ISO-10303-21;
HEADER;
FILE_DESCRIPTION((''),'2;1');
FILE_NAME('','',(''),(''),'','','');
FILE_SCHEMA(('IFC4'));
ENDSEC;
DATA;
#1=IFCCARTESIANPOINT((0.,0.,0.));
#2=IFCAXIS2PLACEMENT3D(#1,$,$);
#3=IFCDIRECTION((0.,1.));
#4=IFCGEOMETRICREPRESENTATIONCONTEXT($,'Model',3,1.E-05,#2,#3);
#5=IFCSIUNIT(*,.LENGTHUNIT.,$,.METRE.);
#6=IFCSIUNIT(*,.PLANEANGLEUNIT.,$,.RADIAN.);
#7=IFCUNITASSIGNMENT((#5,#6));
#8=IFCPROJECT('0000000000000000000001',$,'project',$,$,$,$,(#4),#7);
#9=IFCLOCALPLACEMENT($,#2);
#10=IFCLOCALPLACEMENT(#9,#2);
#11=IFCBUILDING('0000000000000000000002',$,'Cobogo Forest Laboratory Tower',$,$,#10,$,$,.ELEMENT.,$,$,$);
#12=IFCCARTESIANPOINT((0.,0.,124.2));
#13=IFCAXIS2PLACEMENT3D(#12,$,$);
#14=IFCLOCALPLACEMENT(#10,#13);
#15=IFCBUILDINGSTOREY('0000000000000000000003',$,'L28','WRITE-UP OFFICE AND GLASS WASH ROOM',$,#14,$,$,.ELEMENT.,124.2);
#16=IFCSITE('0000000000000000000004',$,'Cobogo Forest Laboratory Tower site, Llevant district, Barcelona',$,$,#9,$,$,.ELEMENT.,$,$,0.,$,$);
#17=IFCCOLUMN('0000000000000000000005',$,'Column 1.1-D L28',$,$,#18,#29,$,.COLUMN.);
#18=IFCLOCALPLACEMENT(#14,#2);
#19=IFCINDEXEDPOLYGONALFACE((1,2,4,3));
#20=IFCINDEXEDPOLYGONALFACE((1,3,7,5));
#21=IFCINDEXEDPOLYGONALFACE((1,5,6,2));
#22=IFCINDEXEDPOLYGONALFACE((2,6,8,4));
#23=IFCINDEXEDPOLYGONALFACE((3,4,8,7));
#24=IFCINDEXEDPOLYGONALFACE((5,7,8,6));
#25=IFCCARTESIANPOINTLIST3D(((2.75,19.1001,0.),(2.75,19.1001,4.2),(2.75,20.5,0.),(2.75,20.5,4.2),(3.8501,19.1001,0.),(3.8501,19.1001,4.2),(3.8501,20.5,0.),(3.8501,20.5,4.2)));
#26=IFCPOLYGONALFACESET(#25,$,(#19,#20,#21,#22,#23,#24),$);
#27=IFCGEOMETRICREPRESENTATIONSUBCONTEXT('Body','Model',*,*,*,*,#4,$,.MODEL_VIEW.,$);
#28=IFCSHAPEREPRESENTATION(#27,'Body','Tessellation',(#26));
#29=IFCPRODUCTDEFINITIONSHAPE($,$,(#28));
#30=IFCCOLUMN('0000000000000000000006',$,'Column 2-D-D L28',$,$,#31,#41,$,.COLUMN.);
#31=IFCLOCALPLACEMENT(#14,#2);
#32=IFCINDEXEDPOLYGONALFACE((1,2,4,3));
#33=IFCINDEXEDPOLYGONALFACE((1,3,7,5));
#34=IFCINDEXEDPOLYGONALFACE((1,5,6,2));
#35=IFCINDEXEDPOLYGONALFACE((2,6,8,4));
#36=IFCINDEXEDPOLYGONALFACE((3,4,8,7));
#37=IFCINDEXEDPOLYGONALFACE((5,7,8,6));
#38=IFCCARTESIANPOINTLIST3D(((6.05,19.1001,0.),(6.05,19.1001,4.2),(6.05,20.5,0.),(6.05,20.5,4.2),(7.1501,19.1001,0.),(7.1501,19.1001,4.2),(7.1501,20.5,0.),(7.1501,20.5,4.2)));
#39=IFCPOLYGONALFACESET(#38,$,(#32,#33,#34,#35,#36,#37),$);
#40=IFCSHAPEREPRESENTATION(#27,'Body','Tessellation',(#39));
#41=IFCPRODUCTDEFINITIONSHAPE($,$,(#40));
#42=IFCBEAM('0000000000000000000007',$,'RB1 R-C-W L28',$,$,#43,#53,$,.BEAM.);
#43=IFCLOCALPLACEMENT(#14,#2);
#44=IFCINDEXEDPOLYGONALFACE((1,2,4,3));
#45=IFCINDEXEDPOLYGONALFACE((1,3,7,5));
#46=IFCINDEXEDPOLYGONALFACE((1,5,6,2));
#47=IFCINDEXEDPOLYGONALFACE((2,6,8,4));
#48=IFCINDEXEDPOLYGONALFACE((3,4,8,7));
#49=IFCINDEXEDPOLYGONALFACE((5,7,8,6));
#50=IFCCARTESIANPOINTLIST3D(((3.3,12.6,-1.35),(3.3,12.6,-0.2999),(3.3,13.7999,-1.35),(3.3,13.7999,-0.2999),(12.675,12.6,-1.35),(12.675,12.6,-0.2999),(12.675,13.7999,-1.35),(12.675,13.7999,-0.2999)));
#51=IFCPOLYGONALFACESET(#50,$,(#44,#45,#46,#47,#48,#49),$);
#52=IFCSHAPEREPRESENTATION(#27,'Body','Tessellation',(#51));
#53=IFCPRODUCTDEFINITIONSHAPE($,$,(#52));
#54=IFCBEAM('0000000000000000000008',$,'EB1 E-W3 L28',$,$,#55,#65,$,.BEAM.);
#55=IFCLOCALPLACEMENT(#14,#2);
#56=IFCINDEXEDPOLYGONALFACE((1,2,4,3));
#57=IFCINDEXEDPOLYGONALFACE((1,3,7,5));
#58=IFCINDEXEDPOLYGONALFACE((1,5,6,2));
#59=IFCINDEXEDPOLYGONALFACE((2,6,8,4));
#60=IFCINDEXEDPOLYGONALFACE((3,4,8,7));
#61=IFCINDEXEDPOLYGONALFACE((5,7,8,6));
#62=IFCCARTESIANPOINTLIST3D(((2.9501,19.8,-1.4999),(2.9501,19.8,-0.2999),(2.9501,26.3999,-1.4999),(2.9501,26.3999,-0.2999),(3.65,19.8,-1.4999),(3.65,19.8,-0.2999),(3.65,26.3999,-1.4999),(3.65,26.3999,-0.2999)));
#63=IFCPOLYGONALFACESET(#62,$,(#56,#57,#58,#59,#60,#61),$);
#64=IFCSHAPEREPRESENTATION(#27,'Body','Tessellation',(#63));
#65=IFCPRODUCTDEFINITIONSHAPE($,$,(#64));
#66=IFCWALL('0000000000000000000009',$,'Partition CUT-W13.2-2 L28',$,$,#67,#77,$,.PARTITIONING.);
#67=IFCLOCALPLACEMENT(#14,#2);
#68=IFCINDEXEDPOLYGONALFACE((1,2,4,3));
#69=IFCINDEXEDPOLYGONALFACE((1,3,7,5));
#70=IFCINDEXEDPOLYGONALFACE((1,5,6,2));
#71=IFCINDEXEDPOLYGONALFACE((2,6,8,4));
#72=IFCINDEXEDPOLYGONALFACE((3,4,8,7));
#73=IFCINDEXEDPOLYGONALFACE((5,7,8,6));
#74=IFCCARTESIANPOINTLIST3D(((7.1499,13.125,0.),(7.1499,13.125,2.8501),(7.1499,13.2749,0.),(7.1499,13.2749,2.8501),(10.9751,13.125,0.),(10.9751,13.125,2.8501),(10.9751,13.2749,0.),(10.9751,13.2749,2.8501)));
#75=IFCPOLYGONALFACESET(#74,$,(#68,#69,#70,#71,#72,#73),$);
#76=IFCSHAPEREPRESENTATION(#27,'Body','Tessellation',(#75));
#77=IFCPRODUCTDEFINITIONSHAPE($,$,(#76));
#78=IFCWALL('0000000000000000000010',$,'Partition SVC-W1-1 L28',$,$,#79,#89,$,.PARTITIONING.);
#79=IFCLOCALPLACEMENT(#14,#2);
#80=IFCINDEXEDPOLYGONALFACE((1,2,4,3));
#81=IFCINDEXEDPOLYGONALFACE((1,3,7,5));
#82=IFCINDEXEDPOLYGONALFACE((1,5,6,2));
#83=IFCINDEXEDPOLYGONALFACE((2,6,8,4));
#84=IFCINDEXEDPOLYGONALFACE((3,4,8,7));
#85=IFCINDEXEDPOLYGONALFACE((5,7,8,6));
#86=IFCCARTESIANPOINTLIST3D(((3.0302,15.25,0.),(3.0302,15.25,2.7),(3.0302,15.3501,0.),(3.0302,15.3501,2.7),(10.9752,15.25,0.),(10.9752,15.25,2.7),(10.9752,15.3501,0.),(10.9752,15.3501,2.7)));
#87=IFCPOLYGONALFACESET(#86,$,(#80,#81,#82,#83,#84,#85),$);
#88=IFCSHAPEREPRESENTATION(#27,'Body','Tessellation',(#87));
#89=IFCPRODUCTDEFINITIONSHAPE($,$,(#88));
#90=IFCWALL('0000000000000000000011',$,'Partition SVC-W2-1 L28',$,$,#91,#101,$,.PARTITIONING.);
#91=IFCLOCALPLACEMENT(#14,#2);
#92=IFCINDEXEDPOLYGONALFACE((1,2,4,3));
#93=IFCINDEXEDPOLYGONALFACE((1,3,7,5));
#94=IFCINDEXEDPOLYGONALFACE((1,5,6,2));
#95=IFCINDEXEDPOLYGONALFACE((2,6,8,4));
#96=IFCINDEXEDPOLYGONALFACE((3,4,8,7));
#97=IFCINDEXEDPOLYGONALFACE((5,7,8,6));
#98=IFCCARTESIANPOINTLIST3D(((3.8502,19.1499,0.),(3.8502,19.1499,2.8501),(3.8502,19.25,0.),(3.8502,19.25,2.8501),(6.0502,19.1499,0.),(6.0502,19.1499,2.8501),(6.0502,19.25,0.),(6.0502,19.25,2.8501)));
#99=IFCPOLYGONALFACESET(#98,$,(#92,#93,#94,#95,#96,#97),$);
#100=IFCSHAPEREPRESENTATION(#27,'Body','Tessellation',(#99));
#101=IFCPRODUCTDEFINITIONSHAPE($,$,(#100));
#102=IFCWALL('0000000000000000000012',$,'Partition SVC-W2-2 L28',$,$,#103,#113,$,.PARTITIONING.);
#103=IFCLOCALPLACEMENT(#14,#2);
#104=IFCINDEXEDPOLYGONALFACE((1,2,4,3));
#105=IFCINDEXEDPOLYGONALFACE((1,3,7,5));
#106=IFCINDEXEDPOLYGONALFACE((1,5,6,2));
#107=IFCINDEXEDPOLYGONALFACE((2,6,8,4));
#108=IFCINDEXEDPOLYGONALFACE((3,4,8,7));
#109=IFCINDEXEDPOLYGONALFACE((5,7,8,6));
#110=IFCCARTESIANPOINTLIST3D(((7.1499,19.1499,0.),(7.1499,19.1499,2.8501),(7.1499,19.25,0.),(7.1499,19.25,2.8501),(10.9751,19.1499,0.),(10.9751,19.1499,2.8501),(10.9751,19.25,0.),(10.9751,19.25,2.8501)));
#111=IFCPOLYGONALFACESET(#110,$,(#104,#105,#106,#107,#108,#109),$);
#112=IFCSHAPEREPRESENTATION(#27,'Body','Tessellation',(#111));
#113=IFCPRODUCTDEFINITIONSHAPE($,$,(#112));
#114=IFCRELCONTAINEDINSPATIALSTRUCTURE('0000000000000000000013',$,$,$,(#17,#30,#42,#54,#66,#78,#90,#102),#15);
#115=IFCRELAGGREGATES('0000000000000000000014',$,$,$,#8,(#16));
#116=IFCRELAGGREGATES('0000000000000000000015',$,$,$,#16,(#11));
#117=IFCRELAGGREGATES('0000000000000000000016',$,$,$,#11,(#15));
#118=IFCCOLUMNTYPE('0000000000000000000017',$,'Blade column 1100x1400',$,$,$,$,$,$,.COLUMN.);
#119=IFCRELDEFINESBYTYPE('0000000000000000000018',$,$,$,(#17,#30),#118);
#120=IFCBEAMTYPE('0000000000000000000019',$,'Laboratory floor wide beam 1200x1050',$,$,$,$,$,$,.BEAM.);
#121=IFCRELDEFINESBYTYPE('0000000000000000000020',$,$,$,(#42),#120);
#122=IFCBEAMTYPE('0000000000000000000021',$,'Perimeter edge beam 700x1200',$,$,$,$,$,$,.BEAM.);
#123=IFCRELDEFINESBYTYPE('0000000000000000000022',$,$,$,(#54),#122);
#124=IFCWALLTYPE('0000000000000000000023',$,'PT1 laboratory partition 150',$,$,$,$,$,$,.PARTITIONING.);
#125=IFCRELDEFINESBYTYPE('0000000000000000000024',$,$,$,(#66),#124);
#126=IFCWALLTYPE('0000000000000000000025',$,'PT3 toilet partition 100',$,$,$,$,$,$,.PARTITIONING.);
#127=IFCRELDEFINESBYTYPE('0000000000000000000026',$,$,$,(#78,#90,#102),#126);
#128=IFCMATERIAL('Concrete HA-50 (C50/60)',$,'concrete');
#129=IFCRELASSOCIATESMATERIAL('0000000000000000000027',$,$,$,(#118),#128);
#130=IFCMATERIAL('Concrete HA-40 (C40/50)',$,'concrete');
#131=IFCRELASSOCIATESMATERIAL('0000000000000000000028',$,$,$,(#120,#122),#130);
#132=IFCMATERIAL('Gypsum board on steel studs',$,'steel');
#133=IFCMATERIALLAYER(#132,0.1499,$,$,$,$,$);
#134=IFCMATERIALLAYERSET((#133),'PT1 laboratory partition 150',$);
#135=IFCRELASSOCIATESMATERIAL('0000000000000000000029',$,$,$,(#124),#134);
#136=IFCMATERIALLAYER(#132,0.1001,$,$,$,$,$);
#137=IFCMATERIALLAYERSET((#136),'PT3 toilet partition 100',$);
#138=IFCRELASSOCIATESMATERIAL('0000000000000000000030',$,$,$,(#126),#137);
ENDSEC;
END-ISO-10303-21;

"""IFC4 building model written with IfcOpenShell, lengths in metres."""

from ifc_helpers import new_model, si_unit, direction, frame, frame_2d, origin, origin_2d, place, context, subcontext, project, spatial, rectangle, extrude, material, layer, layer_set, material_profile, profile_set, type_object, element, save


model = new_model("IFC4")

# Units and contexts
model_context = context("Model", 3, precision=1e-05, world=origin(), true_north=direction((0.0, 1.0)))
body_context = subcontext(model_context, "Body", "Model", "MODEL_VIEW")
ifc_project = project(units=[si_unit("LENGTHUNIT", "METRE"), si_unit("PLANEANGLEUNIT", "RADIAN")], contexts=[model_context])

# Site, building, storey
site_placement = place(None, origin())
site = spatial("IfcSite", under=ifc_project, at=site_placement, Name="Cobogo Forest Laboratory Tower site, Llevant district, Barcelona", CompositionType="ELEMENT", RefElevation=0.0)
building_placement = place(site_placement, origin())
building = spatial("IfcBuilding", under=site, at=building_placement, Name="Cobogo Forest Laboratory Tower", CompositionType="ELEMENT")
storey_placement = place(building_placement, frame((0.0, 0.0, 124.2)))
storey = spatial("IfcBuildingStorey", under=building, at=storey_placement, Name="L28", Description="WRITE-UP OFFICE AND GLASS WASH ROOM", CompositionType="ELEMENT", Elevation=124.2)

# Columns
ifc_material_1 = material(Name="Concrete HA-50 (C50/60)", Category="concrete")
ifc_material_profile_1 = material_profile(ifc_material_1, rectangle(XDim=1.3999, YDim=1.1001, at=origin_2d()), Name="RC 1100x1400")
ifc_profile_set_1 = profile_set([ifc_material_profile_1], Name="Concrete HA-50 (C50/60)")
column_type = type_object("IfcColumnType", Name="Blade column 1100x1400", PredefinedType="COLUMN", material=ifc_profile_set_1)
for number, where, z_axis, x_axis, name in (
    (1, (3.3, 19.8, 0.0), (0.0, 0.0, 1.0), (0.0, 1.0, 0.0), "Column 1.1-D L28"),
    (2, (6.6001, 19.8, 0.0), (0.0, 0.0, 1.0), (0.0, 1.0, 0.0), "Column 2-D-D L28"),
):
    element("IfcColumn", number, at=place(storey_placement, frame(where, z_axis=z_axis, x_axis=x_axis)), inside=storey, type_object=column_type, Name=name, PredefinedType="COLUMN", context=body_context, shape_type="SweptSolid", body=[
        extrude(rectangle(XDim=1.3999, YDim=1.1001, at=origin_2d()), origin(), (0.0, 0.0, 1.0), 4.2),
    ])

# Beams
ifc_material_2 = material(Name="Concrete HA-40 (C40/50)", Category="concrete")
ifc_material_profile_2 = material_profile(ifc_material_2, rectangle(XDim=1.2, YDim=1.05, at=origin_2d()), Name="RC 1200x1050")
ifc_profile_set_2 = profile_set([ifc_material_profile_2], Name="Concrete HA-40 (C40/50)")
beam_type_1 = type_object("IfcBeamType", Name="Laboratory floor wide beam 1200x1050", PredefinedType="BEAM", material=ifc_profile_set_2)
beam_1_placement = place(storey_placement, frame((12.675, 13.2, -0.825), z_axis=(-1.0, 0.0, 0.0), x_axis=(0.0, -1.0, 0.0)))
element("IfcBeam", 3, at=beam_1_placement, inside=storey, type_object=beam_type_1, Name="RB1 R-C-W L28", PredefinedType="BEAM", context=body_context, shape_type="SweptSolid", body=[
    extrude(rectangle(XDim=1.2, YDim=1.05, at=origin_2d()), origin(), (0.0, 0.0, 1.0), 9.375),
])
ifc_material_profile_3 = material_profile(ifc_material_2, rectangle(XDim=0.7, YDim=1.2, at=origin_2d()), Name="RC 700x1200")
ifc_profile_set_3 = profile_set([ifc_material_profile_3], Name="Concrete HA-40 (C40/50)")
beam_type_2 = type_object("IfcBeamType", Name="Perimeter edge beam 700x1200", PredefinedType="BEAM", material=ifc_profile_set_3)
beam_2_placement = place(storey_placement, frame((3.3, 19.8, -0.8999), z_axis=(0.0, 1.0, 0.0), x_axis=(-1.0, 0.0, 0.0)))
element("IfcBeam", 4, at=beam_2_placement, inside=storey, type_object=beam_type_2, Name="EB1 E-W3 L28", PredefinedType="BEAM", context=body_context, shape_type="SweptSolid", body=[
    extrude(rectangle(XDim=0.7, YDim=1.2, at=origin_2d()), origin(), (0.0, 0.0, 1.0), 6.5999),
])

# Walls
ifc_material_3 = material(Name="Gypsum board on steel studs", Category="steel")
ifc_layer_1 = layer(ifc_material_3, 0.1499)
ifc_layer_set_1 = layer_set([ifc_layer_1], Name="PT1 laboratory partition 150")
wall_type_1 = type_object("IfcWallType", Name="PT1 laboratory partition 150", PredefinedType="PARTITIONING", material=ifc_layer_set_1)
wall_1_placement = place(storey_placement, frame((7.1499, 13.2, 0.0), z_axis=(0.0, 0.0, 1.0), x_axis=(1.0, 0.0, 0.0)))
element("IfcWall", 5, at=wall_1_placement, inside=storey, type_object=wall_type_1, Name="Partition CUT-W13.2-2 L28", PredefinedType="PARTITIONING", context=body_context, shape_type="SweptSolid", body=[
    extrude(rectangle(XDim=3.8252, YDim=0.1499, at=frame_2d((1.9126, 0.0))), origin(), (0.0, 0.0, 1.0), 2.8501),
])
ifc_layer_2 = layer(ifc_material_3, 0.1001)
ifc_layer_set_2 = layer_set([ifc_layer_2], Name="PT3 toilet partition 100")
wall_type_2 = type_object("IfcWallType", Name="PT3 toilet partition 100", PredefinedType="PARTITIONING", material=ifc_layer_set_2)
wall_2_placement = place(storey_placement, frame((3.03, 15.3, 0.0), z_axis=(0.0, 0.0, 1.0), x_axis=(1.0, 0.0, 0.0)))
element("IfcWall", 6, at=wall_2_placement, inside=storey, type_object=wall_type_2, Name="Partition SVC-W1-1 L28", PredefinedType="PARTITIONING", context=body_context, shape_type="SweptSolid", body=[
    extrude(rectangle(XDim=7.9451, YDim=0.1001, at=frame_2d((3.9727, 0.0))), origin(), (0.0, 0.0, 1.0), 2.7),
])
wall_3_placement = place(storey_placement, frame((3.8501, 19.2, 0.0), z_axis=(0.0, 0.0, 1.0), x_axis=(1.0, 0.0, 0.0)))
element("IfcWall", 7, at=wall_3_placement, inside=storey, type_object=wall_type_2, Name="Partition SVC-W2-1 L28", PredefinedType="PARTITIONING", context=body_context, shape_type="SweptSolid", body=[
    extrude(rectangle(XDim=2.2, YDim=0.1001, at=frame_2d((1.1001, 0.0))), origin(), (0.0, 0.0, 1.0), 2.8501),
])
wall_4_placement = place(storey_placement, frame((7.1499, 19.2, 0.0), z_axis=(0.0, 0.0, 1.0), x_axis=(1.0, 0.0, 0.0)))
element("IfcWall", 8, at=wall_4_placement, inside=storey, type_object=wall_type_2, Name="Partition SVC-W2-2 L28", PredefinedType="PARTITIONING", context=body_context, shape_type="SweptSolid", body=[
    extrude(rectangle(XDim=3.8252, YDim=0.1001, at=frame_2d((1.9126, 0.0))), origin(), (0.0, 0.0, 1.0), 2.8501),
])

save(model, "model.ifc")
